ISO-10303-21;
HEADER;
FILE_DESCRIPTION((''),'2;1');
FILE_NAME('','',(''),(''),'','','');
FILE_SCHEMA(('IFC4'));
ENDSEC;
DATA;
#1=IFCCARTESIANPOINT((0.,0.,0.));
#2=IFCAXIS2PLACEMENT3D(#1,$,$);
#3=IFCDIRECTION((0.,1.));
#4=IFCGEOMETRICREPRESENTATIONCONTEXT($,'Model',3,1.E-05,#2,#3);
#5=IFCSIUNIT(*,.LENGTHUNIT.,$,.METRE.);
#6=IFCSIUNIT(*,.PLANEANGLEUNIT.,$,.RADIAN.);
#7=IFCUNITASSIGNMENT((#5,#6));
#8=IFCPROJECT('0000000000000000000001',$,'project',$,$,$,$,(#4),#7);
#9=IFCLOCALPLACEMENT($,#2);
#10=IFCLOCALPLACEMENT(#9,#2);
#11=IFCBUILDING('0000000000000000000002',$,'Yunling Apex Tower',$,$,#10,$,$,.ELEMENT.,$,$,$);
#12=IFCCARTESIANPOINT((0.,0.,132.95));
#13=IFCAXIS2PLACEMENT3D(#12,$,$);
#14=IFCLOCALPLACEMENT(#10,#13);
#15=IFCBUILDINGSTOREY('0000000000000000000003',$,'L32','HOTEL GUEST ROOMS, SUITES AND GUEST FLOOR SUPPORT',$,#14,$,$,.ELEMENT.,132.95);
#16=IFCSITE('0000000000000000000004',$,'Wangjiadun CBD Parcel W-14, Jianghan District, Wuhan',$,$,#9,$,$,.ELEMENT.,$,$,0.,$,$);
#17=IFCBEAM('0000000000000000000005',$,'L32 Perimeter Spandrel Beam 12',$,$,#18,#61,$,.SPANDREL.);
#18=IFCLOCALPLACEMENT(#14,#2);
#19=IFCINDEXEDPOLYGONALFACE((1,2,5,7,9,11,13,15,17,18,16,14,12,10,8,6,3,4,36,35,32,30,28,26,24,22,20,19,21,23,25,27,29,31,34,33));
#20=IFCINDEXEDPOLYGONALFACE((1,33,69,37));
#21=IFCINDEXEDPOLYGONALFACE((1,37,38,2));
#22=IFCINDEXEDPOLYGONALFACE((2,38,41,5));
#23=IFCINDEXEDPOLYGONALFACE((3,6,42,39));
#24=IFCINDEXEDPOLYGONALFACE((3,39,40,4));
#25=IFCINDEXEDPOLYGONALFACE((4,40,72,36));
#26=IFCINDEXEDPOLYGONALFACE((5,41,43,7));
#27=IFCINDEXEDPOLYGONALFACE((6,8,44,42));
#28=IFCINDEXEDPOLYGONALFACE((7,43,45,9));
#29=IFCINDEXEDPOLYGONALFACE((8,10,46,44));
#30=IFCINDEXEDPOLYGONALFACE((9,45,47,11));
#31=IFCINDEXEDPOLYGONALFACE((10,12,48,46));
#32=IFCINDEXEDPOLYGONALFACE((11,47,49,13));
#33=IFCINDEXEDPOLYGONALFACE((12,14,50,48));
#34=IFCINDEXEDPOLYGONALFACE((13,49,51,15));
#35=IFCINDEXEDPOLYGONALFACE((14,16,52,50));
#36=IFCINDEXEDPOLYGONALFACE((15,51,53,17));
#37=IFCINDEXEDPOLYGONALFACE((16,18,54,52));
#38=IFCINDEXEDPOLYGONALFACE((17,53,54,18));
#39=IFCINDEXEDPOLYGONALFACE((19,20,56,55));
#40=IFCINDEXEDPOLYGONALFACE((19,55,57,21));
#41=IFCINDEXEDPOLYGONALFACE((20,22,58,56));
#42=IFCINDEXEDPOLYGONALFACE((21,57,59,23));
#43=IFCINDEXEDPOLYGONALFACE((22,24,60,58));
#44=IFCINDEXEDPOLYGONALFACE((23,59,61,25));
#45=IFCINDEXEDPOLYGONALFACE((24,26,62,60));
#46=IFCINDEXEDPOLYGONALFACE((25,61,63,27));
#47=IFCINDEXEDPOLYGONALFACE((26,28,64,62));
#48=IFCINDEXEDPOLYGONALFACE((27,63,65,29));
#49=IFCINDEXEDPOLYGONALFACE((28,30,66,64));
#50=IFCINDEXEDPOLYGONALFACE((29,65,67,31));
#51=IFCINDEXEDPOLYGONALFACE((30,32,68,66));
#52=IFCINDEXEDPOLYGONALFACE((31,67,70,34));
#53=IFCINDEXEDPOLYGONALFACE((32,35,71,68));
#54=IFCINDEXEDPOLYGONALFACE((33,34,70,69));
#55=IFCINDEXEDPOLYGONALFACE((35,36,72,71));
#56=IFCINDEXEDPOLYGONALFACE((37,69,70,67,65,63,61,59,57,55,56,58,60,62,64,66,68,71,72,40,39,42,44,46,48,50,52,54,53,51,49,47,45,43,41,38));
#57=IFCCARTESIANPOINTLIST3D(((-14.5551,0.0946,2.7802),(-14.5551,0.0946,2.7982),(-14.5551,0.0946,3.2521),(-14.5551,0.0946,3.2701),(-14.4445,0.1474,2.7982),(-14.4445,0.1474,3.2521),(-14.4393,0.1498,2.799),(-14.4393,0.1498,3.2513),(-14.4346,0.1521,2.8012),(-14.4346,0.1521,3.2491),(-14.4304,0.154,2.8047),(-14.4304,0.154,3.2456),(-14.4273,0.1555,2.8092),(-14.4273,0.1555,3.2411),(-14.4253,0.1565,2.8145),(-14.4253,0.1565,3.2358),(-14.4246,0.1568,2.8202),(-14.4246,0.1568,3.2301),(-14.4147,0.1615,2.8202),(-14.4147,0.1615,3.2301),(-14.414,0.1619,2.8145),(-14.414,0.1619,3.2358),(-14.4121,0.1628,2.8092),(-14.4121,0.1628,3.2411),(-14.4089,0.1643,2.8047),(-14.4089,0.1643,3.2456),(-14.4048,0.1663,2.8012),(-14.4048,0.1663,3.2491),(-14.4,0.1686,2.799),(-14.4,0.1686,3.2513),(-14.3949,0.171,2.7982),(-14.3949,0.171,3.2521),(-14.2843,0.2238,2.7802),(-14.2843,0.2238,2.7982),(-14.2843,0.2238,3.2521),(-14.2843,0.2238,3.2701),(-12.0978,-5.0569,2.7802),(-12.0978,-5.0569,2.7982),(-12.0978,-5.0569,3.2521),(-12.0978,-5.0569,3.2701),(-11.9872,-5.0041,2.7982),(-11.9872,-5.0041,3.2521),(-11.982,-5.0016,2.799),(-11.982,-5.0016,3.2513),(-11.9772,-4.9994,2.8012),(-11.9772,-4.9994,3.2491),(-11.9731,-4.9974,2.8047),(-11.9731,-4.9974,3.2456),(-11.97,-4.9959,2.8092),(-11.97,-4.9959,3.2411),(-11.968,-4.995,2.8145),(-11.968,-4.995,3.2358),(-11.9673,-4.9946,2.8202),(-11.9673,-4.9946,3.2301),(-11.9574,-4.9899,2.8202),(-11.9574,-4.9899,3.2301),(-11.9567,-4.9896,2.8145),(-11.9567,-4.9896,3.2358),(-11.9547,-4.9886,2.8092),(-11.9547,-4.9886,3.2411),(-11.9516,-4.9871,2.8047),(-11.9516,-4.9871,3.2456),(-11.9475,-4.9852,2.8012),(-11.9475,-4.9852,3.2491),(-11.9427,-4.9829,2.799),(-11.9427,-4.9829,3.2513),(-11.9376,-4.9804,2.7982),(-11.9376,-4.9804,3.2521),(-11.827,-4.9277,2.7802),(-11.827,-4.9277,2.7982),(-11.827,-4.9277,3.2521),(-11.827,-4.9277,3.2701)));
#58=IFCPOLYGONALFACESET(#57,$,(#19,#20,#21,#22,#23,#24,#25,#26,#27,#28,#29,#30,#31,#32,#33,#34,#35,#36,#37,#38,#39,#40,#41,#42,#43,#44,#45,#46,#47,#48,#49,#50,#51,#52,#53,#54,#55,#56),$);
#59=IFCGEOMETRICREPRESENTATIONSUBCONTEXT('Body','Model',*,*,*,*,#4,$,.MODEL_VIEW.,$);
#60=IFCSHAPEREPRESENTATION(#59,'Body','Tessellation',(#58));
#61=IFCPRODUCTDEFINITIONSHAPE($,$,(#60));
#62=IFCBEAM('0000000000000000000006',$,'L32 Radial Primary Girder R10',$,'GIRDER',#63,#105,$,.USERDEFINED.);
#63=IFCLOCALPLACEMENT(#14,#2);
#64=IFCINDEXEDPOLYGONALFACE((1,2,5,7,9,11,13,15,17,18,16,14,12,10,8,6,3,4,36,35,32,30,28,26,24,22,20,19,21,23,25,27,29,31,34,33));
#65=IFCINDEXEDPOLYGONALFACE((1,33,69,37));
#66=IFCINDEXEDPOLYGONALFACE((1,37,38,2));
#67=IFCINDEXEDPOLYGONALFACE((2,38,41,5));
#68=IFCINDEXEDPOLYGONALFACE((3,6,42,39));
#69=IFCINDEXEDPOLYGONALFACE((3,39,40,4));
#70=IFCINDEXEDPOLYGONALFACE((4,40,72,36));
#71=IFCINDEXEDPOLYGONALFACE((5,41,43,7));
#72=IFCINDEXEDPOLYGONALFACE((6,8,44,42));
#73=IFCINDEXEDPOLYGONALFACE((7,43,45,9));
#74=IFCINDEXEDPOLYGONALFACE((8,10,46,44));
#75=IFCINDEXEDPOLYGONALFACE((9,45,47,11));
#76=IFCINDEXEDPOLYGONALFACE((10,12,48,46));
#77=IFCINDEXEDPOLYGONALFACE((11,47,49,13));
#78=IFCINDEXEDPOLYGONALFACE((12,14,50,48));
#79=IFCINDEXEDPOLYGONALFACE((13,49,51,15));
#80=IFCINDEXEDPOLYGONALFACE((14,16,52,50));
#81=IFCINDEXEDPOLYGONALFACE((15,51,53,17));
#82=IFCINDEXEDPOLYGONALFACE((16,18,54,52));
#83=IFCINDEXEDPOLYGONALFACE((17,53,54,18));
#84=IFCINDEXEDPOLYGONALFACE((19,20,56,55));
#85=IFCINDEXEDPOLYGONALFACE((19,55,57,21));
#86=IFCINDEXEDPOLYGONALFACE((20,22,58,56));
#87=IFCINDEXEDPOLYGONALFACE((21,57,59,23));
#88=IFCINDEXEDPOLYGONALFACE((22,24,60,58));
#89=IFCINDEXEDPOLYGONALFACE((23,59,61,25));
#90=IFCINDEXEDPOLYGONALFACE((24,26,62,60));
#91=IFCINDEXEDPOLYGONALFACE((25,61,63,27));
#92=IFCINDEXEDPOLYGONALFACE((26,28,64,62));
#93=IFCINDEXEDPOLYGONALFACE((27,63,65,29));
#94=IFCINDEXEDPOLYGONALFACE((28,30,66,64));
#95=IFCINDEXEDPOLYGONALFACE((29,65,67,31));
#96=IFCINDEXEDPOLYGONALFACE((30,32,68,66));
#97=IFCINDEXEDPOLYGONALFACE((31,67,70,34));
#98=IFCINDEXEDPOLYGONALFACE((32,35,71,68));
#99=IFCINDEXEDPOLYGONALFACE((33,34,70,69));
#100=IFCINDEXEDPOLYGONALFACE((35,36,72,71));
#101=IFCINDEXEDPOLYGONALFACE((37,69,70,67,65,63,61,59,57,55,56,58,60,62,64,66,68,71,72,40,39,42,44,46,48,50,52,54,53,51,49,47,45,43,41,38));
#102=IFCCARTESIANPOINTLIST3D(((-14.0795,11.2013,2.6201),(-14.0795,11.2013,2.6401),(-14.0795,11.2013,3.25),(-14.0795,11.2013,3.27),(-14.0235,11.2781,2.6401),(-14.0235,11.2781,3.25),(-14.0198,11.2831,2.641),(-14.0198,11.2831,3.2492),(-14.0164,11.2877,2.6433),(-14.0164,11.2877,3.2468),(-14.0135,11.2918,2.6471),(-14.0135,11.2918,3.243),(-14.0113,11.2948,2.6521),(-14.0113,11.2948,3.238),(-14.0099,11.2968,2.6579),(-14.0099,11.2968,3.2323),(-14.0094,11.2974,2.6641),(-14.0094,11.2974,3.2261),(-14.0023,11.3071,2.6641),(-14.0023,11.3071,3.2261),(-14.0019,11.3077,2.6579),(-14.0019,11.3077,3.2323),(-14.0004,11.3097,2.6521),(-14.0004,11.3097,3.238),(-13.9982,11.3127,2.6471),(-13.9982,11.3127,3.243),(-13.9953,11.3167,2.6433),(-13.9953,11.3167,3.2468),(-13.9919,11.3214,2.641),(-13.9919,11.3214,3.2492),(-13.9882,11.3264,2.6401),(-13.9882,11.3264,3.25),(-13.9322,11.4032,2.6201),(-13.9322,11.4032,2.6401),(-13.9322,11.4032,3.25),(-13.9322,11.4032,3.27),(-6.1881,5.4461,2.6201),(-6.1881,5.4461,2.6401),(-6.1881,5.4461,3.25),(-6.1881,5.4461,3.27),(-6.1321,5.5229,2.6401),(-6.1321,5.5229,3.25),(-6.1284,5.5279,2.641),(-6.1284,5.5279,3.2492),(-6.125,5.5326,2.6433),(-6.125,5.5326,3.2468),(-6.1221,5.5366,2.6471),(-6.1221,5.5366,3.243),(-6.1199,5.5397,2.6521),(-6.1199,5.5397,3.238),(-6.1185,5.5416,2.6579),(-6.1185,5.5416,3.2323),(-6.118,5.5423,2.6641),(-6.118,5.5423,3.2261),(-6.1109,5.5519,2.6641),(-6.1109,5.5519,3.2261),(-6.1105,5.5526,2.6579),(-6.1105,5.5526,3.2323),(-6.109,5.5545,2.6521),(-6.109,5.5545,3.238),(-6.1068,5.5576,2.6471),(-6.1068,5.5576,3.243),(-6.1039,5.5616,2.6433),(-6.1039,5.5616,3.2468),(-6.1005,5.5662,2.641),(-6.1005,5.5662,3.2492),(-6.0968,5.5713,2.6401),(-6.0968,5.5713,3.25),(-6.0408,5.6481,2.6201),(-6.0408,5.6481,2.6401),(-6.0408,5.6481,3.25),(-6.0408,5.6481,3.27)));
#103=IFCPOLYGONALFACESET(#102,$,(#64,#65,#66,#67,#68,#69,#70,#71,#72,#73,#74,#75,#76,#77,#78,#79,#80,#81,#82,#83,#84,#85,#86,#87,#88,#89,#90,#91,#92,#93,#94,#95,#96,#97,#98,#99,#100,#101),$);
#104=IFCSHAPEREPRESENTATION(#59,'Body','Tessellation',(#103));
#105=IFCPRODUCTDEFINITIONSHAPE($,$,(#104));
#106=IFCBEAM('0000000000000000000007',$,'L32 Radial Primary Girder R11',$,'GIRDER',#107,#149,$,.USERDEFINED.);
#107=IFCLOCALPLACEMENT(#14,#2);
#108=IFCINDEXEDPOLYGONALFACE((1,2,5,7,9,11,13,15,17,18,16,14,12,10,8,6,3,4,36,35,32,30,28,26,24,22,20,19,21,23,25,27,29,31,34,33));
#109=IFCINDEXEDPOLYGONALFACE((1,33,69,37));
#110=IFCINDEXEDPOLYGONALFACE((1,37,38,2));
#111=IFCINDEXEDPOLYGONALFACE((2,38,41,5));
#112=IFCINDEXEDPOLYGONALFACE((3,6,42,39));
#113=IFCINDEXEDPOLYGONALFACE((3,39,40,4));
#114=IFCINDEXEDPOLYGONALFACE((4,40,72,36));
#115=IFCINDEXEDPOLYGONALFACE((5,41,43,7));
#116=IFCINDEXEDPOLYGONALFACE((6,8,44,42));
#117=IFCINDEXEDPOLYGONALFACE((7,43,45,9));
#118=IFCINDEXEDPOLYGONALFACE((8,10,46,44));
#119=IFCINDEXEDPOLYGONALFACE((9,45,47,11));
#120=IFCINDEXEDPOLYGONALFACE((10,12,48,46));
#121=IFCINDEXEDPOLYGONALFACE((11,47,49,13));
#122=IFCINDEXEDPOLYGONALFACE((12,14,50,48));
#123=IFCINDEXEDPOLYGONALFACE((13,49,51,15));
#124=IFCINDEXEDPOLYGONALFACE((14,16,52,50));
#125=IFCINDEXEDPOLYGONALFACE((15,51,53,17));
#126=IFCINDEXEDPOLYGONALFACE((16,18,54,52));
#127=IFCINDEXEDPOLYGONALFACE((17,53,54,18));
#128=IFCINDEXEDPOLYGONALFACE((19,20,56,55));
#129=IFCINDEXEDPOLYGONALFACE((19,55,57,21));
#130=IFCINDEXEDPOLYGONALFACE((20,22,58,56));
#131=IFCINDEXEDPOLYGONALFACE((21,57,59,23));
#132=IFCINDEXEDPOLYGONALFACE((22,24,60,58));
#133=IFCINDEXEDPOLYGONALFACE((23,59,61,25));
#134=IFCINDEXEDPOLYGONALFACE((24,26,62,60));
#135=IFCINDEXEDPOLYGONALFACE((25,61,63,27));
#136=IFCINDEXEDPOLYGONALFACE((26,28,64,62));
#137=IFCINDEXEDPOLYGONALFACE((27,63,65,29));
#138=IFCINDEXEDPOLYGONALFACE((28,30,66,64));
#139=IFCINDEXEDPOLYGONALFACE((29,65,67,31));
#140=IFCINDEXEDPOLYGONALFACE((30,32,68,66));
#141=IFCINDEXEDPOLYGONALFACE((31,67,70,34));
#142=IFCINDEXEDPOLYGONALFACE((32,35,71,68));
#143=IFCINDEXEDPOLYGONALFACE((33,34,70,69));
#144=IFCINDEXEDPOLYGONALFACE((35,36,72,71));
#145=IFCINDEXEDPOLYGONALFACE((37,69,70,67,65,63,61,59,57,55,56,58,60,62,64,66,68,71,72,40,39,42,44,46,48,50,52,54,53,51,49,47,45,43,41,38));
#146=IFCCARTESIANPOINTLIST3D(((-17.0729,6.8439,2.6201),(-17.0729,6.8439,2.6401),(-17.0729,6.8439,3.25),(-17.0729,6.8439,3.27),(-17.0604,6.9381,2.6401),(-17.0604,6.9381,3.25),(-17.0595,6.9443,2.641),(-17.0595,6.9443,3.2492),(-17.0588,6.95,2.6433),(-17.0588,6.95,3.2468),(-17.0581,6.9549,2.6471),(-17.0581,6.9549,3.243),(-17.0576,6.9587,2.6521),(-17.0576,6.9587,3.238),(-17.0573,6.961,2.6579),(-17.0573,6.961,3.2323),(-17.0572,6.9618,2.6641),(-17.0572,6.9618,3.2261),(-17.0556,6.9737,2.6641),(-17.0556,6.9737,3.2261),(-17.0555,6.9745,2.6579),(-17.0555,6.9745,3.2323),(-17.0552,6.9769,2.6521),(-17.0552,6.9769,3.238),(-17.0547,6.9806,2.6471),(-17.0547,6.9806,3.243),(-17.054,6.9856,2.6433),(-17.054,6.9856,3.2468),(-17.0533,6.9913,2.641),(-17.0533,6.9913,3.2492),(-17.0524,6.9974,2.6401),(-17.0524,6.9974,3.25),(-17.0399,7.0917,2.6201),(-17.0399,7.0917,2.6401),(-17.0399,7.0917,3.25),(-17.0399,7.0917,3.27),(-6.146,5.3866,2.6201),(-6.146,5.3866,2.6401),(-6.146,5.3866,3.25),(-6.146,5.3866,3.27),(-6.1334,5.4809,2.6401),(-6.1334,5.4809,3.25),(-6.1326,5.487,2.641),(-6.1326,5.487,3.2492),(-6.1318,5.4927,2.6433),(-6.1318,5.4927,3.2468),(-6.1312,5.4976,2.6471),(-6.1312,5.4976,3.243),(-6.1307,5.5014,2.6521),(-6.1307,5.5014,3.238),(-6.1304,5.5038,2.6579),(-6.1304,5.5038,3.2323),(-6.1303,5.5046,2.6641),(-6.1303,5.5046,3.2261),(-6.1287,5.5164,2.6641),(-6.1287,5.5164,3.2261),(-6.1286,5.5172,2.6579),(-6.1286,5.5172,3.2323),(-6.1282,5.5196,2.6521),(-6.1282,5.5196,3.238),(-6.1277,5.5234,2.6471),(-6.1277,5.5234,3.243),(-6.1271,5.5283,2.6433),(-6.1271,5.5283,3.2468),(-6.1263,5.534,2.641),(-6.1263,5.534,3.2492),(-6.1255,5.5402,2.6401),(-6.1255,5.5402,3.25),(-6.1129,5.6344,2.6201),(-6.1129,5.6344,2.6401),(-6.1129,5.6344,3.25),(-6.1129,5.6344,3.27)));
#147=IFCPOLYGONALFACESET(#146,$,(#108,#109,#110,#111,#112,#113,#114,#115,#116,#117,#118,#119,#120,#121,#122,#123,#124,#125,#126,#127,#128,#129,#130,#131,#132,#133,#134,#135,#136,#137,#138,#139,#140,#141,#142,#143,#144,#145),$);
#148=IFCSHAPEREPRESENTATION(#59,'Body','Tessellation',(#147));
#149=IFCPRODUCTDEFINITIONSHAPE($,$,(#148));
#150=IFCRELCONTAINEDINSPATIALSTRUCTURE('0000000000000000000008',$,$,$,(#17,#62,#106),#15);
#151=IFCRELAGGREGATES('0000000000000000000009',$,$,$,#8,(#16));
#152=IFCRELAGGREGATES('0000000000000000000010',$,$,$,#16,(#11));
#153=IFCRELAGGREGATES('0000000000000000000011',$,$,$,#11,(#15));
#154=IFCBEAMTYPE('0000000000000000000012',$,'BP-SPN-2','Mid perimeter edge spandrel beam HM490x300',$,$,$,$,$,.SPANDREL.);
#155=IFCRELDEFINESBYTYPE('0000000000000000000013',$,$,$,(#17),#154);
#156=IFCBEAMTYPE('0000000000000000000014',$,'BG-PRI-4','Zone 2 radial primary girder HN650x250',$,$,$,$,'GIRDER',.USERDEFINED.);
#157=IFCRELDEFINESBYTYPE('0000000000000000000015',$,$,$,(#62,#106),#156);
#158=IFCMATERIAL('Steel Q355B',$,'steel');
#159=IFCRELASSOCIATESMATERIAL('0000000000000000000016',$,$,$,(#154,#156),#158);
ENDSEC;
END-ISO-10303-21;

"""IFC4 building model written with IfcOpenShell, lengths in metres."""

from ifc_helpers import new_model, si_unit, direction, frame, origin, origin_2d, place, context, subcontext, project, spatial, i_section, extrude, source, transform, mapped, material, material_profile, profile_set, type_object, element, save


model = new_model("IFC4")

# Units and contexts
model_context = context("Model", 3, precision=1e-05, world=origin(), true_north=direction((0.0, 1.0)))
body_context = subcontext(model_context, "Body", "Model", "MODEL_VIEW")
ifc_project = project(units=[si_unit("LENGTHUNIT", "METRE"), si_unit("PLANEANGLEUNIT", "RADIAN")], contexts=[model_context])

# Site, building, storey
site_placement = place(None, origin())
site = spatial("IfcSite", under=ifc_project, at=site_placement, Name="Wangjiadun CBD Parcel W-14, Jianghan District, Wuhan", CompositionType="ELEMENT", RefElevation=0.0)
building_placement = place(site_placement, origin())
building = spatial("IfcBuilding", under=site, at=building_placement, Name="Yunling Apex Tower", CompositionType="ELEMENT")
storey_placement = place(building_placement, frame((0.0, 0.0, 132.95)))
storey = spatial("IfcBuildingStorey", under=building, at=storey_placement, Name="L32", Description="HOTEL GUEST ROOMS, SUITES AND GUEST FLOOR SUPPORT", CompositionType="ELEMENT", Elevation=132.95)

# Beams
ifc_material_1 = material(Name="Steel Q355B", Category="steel")
ifc_material_profile_1 = material_profile(ifc_material_1, i_section(OverallWidth=0.3, OverallDepth=0.49, WebThickness=0.011, FlangeThickness=0.0181, FilletRadius=0.022, at=origin_2d()))
ifc_profile_set_1 = profile_set([ifc_material_profile_1], Name="Steel Q355B")
beam_type_1 = type_object("IfcBeamType", Name="BP-SPN-2", Description="Mid perimeter edge spandrel beam HM490x300", PredefinedType="SPANDREL", material=ifc_profile_set_1)
shared_shape_1 = source(origin(), body_context, "Body", "SweptSolid", [
    extrude(i_section(OverallWidth=0.3, OverallDepth=0.49, WebThickness=0.011, FlangeThickness=0.0181, FilletRadius=0.022, at=origin_2d()), origin(), (0.0, 0.0, 1.0), 5.7075),
])
for number, where, z_axis, x_axis, name in (
    (1, (-14.4197, 0.1592, 3.0251), (0.43054, -0.902572, 0.0), (0.902572, 0.43054, 0.0), "L32 Perimeter Spandrel Beam 12"),
):
    element("IfcBeam", number, at=place(storey_placement, frame(where, z_axis=z_axis, x_axis=x_axis)), inside=storey, type_object=beam_type_1, Name=name, PredefinedType="SPANDREL", context=body_context, shape_type="MappedRepresentation", body=[
        mapped(shared_shape_1, transform((0.0, 0.0, 0.0), scale=1.0)),
    ])
ifc_material_profile_2 = material_profile(ifc_material_1, i_section(OverallWidth=0.25, OverallDepth=0.6499, WebThickness=0.012, FlangeThickness=0.02, FilletRadius=0.0239, at=origin_2d()))
ifc_profile_set_2 = profile_set([ifc_material_profile_2], Name="Steel Q355B")
beam_type_2 = type_object("IfcBeamType", Name="BG-PRI-4", Description="Zone 2 radial primary girder HN650x250", ElementType="GIRDER", PredefinedType="USERDEFINED", material=ifc_profile_set_2)
shared_shape_2 = source(origin(), body_context, "Body", "SweptSolid", [
    extrude(i_section(OverallWidth=0.25, OverallDepth=0.6499, WebThickness=0.012, FlangeThickness=0.02, FilletRadius=0.0239, at=origin_2d()), origin(), (0.0, 0.0, 1.0), 9.7671),
])
beam_1_placement = place(storey_placement, frame((-14.0059, 11.3022, 2.9451), z_axis=(0.807958, -0.58924, 0.0), x_axis=(0.58924, 0.807958, 0.0)))
element("IfcBeam", 2, at=beam_1_placement, inside=storey, type_object=beam_type_2, Name="L32 Radial Primary Girder R10", ObjectType="GIRDER", PredefinedType="USERDEFINED", context=body_context, shape_type="MappedRepresentation", body=[
    mapped(shared_shape_2, transform((0.0, 0.0, 0.0), scale=1.0)),
])
shared_shape_3 = source(origin(), body_context, "Body", "SweptSolid", [
    extrude(i_section(OverallWidth=0.25, OverallDepth=0.6499, WebThickness=0.012, FlangeThickness=0.02, FilletRadius=0.0239, at=origin_2d()), origin(), (0.0, 0.0, 1.0), 11.0237),
])
beam_2_placement = place(storey_placement, frame((-17.0564, 6.9678, 2.9451), z_axis=(0.991224, -0.132194, 0.0), x_axis=(0.132194, 0.991224, 0.0)))
element("IfcBeam", 3, at=beam_2_placement, inside=storey, type_object=beam_type_2, Name="L32 Radial Primary Girder R11", ObjectType="GIRDER", PredefinedType="USERDEFINED", context=body_context, shape_type="MappedRepresentation", body=[
    mapped(shared_shape_3, transform((0.0, 0.0, 0.0), scale=1.0)),
])

save(model, "model.ifc")
